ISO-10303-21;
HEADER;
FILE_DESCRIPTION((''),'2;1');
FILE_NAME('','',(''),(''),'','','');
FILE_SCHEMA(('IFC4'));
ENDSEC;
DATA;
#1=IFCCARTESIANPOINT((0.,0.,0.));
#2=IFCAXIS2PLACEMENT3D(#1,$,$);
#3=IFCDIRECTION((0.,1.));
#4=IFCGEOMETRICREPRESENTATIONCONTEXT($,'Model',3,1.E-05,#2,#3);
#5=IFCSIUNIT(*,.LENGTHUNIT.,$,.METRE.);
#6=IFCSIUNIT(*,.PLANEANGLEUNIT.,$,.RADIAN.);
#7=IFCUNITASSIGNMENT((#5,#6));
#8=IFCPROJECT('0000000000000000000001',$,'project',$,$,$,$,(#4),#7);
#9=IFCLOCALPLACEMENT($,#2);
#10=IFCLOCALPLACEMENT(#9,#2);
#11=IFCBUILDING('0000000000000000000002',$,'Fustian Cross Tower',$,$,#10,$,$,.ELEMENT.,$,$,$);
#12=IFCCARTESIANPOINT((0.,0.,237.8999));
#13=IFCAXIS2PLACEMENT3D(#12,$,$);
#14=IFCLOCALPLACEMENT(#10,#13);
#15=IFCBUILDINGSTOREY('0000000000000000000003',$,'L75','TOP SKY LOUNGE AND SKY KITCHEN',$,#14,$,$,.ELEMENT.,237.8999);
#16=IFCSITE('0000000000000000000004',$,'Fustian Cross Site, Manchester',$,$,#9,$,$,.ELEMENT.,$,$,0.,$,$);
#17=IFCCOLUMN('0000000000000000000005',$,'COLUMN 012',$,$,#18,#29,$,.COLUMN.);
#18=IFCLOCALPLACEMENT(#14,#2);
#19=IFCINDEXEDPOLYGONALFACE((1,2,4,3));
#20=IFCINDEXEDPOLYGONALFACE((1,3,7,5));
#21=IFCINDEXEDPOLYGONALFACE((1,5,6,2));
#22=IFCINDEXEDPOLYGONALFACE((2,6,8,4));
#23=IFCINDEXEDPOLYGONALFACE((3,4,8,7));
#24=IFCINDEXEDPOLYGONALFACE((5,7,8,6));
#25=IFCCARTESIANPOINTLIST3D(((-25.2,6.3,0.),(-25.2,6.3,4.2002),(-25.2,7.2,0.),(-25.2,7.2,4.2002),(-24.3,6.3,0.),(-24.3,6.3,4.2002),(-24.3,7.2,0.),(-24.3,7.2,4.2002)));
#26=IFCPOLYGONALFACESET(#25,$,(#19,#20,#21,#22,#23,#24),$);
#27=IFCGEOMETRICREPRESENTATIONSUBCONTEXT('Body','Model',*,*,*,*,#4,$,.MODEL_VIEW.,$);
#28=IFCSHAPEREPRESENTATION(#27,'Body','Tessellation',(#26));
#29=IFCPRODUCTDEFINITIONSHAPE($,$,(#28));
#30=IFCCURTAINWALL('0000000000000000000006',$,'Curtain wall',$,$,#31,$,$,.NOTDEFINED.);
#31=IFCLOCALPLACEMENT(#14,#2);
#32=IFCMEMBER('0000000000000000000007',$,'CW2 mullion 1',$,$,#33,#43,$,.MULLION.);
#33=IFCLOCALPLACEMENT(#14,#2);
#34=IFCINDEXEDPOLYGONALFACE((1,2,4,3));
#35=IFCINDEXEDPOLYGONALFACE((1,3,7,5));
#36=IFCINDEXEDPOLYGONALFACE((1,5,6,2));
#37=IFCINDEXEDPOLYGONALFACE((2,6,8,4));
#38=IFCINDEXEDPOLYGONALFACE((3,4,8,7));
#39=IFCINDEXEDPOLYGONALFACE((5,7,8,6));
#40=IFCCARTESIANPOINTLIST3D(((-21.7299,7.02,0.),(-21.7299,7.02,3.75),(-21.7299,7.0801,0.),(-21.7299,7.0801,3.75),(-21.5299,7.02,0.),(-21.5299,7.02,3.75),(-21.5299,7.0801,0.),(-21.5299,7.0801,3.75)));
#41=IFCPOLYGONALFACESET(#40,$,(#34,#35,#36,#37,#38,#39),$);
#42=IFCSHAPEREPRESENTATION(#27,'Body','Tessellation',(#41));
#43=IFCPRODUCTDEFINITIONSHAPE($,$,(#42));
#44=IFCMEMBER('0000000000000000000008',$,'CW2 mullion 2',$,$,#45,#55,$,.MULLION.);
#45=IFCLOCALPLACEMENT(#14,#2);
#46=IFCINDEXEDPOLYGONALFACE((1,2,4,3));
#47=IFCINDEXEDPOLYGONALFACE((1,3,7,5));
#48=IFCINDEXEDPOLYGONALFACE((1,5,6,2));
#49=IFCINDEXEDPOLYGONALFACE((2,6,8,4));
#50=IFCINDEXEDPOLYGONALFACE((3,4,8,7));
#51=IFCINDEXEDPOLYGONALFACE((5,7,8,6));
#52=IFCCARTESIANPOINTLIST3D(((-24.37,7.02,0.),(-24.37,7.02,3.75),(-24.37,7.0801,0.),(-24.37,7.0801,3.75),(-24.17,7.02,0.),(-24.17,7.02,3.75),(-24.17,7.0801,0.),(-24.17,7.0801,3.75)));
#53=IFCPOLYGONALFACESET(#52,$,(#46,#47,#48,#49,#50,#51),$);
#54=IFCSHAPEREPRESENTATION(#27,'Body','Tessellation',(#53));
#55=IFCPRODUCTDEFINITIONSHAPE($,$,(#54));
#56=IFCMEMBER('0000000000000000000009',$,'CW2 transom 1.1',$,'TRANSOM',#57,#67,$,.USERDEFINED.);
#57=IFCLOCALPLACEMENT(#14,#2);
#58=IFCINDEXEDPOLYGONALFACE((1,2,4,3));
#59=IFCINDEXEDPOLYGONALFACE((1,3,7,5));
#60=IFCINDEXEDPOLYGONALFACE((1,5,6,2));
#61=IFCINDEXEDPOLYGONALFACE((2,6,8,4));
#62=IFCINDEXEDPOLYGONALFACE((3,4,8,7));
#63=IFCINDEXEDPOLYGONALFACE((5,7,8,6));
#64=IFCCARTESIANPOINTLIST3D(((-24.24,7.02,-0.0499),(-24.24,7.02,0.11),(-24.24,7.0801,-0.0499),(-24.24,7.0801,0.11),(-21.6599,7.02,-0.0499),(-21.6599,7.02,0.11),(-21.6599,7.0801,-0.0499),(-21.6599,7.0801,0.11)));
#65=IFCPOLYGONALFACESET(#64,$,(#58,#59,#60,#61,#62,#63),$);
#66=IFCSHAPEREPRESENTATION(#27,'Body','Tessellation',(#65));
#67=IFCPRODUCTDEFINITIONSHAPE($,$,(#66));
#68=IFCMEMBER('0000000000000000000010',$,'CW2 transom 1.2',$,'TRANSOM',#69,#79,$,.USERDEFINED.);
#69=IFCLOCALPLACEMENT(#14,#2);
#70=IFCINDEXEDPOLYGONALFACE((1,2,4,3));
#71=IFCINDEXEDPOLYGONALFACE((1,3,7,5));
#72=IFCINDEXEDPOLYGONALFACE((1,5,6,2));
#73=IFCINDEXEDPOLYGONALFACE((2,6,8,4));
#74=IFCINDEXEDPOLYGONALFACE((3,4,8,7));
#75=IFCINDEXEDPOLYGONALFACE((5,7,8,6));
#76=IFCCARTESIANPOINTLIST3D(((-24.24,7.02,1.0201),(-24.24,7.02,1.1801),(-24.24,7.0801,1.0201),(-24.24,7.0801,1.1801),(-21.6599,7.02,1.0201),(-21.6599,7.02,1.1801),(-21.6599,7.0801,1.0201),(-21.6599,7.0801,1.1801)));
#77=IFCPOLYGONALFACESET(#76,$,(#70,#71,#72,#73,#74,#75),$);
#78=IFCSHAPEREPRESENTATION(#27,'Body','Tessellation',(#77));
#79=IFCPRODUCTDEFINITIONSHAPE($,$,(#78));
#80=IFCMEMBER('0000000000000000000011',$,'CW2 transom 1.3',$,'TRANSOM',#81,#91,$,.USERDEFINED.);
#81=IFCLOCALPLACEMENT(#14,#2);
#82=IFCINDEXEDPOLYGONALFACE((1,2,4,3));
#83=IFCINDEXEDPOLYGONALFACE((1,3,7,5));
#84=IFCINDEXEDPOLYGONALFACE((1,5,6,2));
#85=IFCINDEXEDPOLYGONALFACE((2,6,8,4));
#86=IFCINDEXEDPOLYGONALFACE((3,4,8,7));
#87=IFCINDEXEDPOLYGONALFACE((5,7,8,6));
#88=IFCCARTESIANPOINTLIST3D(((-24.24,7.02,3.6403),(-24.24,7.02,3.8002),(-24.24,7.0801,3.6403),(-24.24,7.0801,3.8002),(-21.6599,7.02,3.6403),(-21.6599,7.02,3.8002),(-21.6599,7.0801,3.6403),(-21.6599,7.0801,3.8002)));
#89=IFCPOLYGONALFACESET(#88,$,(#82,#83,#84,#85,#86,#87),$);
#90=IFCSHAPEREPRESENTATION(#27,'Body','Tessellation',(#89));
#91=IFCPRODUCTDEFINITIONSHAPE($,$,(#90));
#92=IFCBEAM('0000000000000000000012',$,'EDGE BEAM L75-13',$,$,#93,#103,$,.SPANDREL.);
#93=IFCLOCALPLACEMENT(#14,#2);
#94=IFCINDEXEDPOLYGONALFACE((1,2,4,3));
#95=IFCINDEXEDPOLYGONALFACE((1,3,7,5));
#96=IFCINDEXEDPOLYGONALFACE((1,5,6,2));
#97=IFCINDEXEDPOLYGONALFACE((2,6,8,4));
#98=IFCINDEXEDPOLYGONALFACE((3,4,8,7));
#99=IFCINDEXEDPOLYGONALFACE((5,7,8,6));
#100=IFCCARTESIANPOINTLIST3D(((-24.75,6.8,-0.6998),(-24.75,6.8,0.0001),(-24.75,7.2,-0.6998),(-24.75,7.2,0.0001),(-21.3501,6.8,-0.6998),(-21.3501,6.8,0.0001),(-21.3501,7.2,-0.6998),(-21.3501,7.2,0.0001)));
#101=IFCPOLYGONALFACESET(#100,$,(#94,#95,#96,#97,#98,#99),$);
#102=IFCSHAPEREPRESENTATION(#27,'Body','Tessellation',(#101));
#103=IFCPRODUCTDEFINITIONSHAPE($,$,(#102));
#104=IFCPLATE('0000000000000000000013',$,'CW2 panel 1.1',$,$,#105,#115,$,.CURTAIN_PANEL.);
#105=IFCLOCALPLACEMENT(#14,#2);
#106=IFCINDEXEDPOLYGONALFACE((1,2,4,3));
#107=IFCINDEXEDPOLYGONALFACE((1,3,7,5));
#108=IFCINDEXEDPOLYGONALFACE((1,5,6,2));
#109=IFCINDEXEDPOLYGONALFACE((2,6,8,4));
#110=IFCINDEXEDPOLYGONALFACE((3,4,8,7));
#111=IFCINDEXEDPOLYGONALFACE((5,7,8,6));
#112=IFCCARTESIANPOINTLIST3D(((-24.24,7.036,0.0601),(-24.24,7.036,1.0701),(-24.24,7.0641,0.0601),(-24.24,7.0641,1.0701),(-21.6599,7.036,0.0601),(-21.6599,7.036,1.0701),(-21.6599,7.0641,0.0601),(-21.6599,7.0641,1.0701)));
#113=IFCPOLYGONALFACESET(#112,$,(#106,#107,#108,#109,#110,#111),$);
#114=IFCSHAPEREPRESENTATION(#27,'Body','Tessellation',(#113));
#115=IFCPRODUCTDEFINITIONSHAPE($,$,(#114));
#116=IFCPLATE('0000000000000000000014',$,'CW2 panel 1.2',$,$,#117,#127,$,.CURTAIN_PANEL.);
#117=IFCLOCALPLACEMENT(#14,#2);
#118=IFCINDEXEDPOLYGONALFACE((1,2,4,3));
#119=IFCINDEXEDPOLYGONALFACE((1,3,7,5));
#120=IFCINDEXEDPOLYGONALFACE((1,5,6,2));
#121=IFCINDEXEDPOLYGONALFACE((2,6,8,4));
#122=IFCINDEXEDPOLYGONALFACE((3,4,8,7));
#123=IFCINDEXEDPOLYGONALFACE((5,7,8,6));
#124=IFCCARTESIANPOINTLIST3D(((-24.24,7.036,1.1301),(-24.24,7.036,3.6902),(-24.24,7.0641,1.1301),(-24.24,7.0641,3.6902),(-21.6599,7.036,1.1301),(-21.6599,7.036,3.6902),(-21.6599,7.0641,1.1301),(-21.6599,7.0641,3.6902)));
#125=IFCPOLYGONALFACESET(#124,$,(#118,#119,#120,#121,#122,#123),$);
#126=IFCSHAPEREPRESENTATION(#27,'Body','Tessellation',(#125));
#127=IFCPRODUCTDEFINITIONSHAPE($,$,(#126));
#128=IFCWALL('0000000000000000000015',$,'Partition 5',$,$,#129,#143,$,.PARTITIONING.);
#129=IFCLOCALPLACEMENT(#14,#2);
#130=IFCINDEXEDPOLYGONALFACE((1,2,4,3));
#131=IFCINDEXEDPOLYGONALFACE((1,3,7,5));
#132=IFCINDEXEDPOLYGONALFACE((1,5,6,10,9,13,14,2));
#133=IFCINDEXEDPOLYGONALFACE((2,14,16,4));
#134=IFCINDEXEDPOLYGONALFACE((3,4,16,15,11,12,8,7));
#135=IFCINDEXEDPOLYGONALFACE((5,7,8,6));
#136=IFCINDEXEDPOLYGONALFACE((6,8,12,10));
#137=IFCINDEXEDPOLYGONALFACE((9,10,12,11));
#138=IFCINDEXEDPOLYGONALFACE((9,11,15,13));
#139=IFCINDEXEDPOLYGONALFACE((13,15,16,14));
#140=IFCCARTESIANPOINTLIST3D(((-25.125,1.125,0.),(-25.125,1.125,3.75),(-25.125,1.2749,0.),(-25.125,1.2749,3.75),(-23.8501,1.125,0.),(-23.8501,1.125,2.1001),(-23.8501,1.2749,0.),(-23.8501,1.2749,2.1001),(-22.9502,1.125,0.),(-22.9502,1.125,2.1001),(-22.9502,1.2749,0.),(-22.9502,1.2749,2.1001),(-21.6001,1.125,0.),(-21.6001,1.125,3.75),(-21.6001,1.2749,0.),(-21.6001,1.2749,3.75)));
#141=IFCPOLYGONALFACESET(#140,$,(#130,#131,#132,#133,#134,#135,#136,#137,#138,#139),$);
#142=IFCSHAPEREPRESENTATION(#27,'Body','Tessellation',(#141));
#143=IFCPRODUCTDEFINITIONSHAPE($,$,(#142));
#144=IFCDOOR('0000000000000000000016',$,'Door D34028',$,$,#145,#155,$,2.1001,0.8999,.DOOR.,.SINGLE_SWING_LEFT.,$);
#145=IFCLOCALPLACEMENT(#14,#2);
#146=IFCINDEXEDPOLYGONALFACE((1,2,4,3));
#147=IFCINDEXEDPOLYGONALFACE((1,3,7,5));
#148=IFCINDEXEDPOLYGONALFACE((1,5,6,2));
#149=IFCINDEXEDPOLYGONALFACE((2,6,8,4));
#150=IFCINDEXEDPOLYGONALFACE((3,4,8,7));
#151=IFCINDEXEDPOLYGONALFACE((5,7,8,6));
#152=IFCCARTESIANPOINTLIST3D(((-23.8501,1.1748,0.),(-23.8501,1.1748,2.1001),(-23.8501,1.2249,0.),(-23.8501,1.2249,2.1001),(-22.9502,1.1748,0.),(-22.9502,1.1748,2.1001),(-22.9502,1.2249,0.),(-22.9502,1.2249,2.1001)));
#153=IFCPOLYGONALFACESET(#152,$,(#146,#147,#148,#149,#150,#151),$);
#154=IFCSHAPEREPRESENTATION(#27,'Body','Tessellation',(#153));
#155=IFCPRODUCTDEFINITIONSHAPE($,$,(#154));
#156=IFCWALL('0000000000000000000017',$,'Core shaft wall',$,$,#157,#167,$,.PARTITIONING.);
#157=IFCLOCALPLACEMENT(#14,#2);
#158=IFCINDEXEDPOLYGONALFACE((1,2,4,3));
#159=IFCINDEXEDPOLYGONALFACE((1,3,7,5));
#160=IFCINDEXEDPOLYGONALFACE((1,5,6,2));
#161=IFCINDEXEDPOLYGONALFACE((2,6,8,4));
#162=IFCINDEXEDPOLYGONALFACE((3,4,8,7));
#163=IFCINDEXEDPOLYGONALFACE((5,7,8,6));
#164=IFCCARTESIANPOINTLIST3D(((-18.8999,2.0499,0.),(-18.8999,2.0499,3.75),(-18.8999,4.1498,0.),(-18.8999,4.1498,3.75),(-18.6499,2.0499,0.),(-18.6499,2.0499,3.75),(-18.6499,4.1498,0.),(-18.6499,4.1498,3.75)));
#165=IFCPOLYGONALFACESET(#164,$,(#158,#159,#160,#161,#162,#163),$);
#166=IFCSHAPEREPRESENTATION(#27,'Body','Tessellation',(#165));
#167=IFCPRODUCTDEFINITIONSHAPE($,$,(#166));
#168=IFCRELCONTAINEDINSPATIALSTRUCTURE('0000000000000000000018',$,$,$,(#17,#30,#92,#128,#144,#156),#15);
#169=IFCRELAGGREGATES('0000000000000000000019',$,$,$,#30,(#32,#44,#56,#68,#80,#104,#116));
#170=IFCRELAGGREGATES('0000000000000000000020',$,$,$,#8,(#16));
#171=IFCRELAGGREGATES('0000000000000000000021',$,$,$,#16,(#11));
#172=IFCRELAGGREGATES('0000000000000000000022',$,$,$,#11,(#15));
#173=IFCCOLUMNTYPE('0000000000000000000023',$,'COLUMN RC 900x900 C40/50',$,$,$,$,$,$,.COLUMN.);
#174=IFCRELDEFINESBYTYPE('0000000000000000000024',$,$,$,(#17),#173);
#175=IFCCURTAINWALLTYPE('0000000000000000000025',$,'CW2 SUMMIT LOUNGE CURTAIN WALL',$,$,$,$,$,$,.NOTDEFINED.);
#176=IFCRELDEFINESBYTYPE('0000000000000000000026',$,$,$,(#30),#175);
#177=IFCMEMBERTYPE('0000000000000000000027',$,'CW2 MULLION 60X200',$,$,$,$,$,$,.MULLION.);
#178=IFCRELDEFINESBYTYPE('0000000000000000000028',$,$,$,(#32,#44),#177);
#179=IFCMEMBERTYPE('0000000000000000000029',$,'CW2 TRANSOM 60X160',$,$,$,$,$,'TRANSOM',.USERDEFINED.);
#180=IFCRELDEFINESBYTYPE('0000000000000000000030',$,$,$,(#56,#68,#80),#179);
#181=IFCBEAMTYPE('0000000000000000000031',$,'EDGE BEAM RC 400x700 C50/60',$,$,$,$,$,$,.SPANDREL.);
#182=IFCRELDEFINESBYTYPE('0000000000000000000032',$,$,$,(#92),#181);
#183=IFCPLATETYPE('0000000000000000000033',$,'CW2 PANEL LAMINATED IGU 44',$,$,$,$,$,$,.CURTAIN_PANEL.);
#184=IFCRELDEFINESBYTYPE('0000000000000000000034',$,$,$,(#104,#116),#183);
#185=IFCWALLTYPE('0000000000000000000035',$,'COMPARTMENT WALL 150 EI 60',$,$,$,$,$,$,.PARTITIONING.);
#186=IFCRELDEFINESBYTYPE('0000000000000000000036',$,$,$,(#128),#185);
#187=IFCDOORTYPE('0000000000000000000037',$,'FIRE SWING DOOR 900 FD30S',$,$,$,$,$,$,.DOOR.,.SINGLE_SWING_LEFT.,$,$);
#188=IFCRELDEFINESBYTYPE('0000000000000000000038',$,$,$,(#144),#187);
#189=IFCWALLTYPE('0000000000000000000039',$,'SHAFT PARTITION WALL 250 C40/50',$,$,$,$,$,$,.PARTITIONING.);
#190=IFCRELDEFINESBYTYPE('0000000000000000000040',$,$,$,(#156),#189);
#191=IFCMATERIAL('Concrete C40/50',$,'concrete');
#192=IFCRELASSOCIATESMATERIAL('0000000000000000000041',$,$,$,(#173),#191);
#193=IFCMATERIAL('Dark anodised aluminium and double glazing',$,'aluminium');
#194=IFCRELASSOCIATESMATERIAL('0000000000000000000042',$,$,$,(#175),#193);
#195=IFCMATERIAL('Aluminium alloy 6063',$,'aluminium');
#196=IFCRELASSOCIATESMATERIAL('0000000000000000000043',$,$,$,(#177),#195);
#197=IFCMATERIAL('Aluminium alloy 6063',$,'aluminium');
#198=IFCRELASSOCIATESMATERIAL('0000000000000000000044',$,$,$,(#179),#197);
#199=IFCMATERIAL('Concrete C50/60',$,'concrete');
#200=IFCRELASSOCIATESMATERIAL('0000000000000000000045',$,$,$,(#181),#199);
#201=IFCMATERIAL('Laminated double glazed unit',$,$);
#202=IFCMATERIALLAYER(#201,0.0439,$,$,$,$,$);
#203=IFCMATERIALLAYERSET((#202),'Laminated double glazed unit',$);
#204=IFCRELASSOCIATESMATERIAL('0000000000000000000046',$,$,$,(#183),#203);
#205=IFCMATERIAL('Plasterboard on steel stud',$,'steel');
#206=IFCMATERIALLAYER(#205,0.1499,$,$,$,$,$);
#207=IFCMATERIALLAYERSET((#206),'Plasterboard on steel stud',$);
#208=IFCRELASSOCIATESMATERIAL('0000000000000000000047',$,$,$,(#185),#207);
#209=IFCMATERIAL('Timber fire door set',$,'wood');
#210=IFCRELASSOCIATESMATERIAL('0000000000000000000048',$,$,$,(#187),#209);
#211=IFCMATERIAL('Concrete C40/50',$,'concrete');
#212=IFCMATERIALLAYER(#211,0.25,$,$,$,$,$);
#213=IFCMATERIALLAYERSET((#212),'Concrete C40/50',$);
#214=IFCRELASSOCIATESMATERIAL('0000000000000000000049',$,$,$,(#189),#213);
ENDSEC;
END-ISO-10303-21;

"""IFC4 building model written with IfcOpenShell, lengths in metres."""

from ifc_helpers import new_model, si_unit, direction, frame, frame_2d, origin, origin_2d, place, context, subcontext, project, spatial, rectangle, extrude, material, layer, layer_set, material_profile, profile_set, type_object, element, fill, aggregate, save


model = new_model("IFC4")

# Units and contexts
model_context = context("Model", 3, precision=1e-05, world=origin(), true_north=direction((0.0, 1.0)))
body_context = subcontext(model_context, "Body", "Model", "MODEL_VIEW")
ifc_project = project(units=[si_unit("LENGTHUNIT", "METRE"), si_unit("PLANEANGLEUNIT", "RADIAN")], contexts=[model_context])

# Site, building, storey
site_placement = place(None, origin())
site = spatial("IfcSite", under=ifc_project, at=site_placement, Name="Fustian Cross Site, Manchester", CompositionType="ELEMENT", RefElevation=0.0)
building_placement = place(site_placement, origin())
building = spatial("IfcBuilding", under=site, at=building_placement, Name="Fustian Cross Tower", CompositionType="ELEMENT")
storey_placement = place(building_placement, frame((0.0, 0.0, 237.8999)))
storey = spatial("IfcBuildingStorey", under=building, at=storey_placement, Name="L75", Description="TOP SKY LOUNGE AND SKY KITCHEN", CompositionType="ELEMENT", Elevation=237.8999)

# Column
ifc_material_1 = material(Name="Concrete C40/50", Category="concrete")
ifc_material_profile_1 = material_profile(ifc_material_1, rectangle(XDim=0.8999, YDim=0.8999, at=origin_2d()), Name="RC 900x900")
ifc_profile_set_1 = profile_set([ifc_material_profile_1], Name="Concrete C40/50")
column_type = type_object("IfcColumnType", Name="COLUMN RC 900x900 C40/50", PredefinedType="COLUMN", material=ifc_profile_set_1)
column_placement = place(storey_placement, frame((-24.75, 6.75, 0.0), z_axis=(0.0, 0.0, 1.0), x_axis=(1.0, 0.0, 0.0)))
element("IfcColumn", 1, at=column_placement, inside=storey, type_object=column_type, Name="COLUMN 012", PredefinedType="COLUMN", context=body_context, shape_type="SweptSolid", body=[
    extrude(rectangle(XDim=0.8999, YDim=0.8999, at=origin_2d()), origin(), (0.0, 0.0, 1.0), 4.2002),
])

# Curtain wall, members
ifc_material_2 = material(Name="Dark anodised aluminium and double glazing", Category="aluminium")
curtain_wall_type = type_object("IfcCurtainWallType", Name="CW2 SUMMIT LOUNGE CURTAIN WALL", PredefinedType="NOTDEFINED", material=ifc_material_2)
curtain_wall_placement = place(storey_placement, origin())
curtain_wall = element("IfcCurtainWall", 2, at=curtain_wall_placement, inside=storey, type_object=curtain_wall_type, Name="Curtain wall", PredefinedType="NOTDEFINED")
ifc_material_3 = material(Name="Aluminium alloy 6063", Category="aluminium")
ifc_material_profile_2 = material_profile(ifc_material_3, rectangle(XDim=0.0601, YDim=0.2, at=origin_2d()), Name="CW2 MULLION 60X200")
ifc_profile_set_2 = profile_set([ifc_material_profile_2], Name="Aluminium alloy 6063")
member_type_1 = type_object("IfcMemberType", Name="CW2 MULLION 60X200", PredefinedType="MULLION", material=ifc_profile_set_2)
member_1_placement = place(storey_placement, frame((-21.6299, 7.05, 0.0), z_axis=(0.0, 0.0, 1.0), x_axis=(0.0, -1.0, 0.0)))
member_1 = element("IfcMember", 3, at=member_1_placement, type_object=member_type_1, Name="CW2 mullion 1", PredefinedType="MULLION", context=body_context, shape_type="SweptSolid", body=[
    extrude(rectangle(XDim=0.0601, YDim=0.2, at=origin_2d()), origin(), (0.0, 0.0, 1.0), 3.75),
])
member_2_placement = place(storey_placement, frame((-24.27, 7.05, 0.0), z_axis=(0.0, 0.0, 1.0), x_axis=(0.0, -1.0, 0.0)))
member_2 = element("IfcMember", 4, at=member_2_placement, type_object=member_type_1, Name="CW2 mullion 2", PredefinedType="MULLION", context=body_context, shape_type="SweptSolid", body=[
    extrude(rectangle(XDim=0.0601, YDim=0.2, at=origin_2d()), origin(), (0.0, 0.0, 1.0), 3.75),
])
ifc_material_4 = material(Name="Aluminium alloy 6063", Category="aluminium")
ifc_material_profile_3 = material_profile(ifc_material_4, rectangle(XDim=0.0601, YDim=0.1599, at=origin_2d()), Name="CW2 TRANSOM 60X160")
ifc_profile_set_3 = profile_set([ifc_material_profile_3], Name="Aluminium alloy 6063")
member_type_2 = type_object("IfcMemberType", Name="CW2 TRANSOM 60X160", ElementType="TRANSOM", PredefinedType="USERDEFINED", material=ifc_profile_set_3)
member_3_placement = place(storey_placement, frame((-21.6599, 7.05, 0.03), z_axis=(-1.0, 0.0, 0.0), x_axis=(0.0, -1.0, 0.0)))
member_3 = element("IfcMember", 5, at=member_3_placement, type_object=member_type_2, Name="CW2 transom 1.1", ObjectType="TRANSOM", PredefinedType="USERDEFINED", context=body_context, shape_type="SweptSolid", body=[
    extrude(rectangle(XDim=0.0601, YDim=0.1599, at=origin_2d()), origin(), (0.0, 0.0, 1.0), 2.5801),
])
member_4_placement = place(storey_placement, frame((-21.6599, 7.05, 1.1001), z_axis=(-1.0, 0.0, 0.0), x_axis=(0.0, -1.0, 0.0)))
member_4 = element("IfcMember", 6, at=member_4_placement, type_object=member_type_2, Name="CW2 transom 1.2", ObjectType="TRANSOM", PredefinedType="USERDEFINED", context=body_context, shape_type="SweptSolid", body=[
    extrude(rectangle(XDim=0.0601, YDim=0.1599, at=origin_2d()), origin(), (0.0, 0.0, 1.0), 2.5801),
])
member_5_placement = place(storey_placement, frame((-21.6599, 7.05, 3.7202), z_axis=(-1.0, 0.0, 0.0), x_axis=(0.0, -1.0, 0.0)))
member_5 = element("IfcMember", 7, at=member_5_placement, type_object=member_type_2, Name="CW2 transom 1.3", ObjectType="TRANSOM", PredefinedType="USERDEFINED", context=body_context, shape_type="SweptSolid", body=[
    extrude(rectangle(XDim=0.0601, YDim=0.1599, at=origin_2d()), origin(), (0.0, 0.0, 1.0), 2.5801),
])

# Beam
ifc_material_5 = material(Name="Concrete C50/60", Category="concrete")
ifc_material_profile_4 = material_profile(ifc_material_5, rectangle(XDim=0.3999, YDim=0.7, at=origin_2d()), Name="RC 400x700")
ifc_profile_set_4 = profile_set([ifc_material_profile_4], Name="Concrete C50/60")
beam_type = type_object("IfcBeamType", Name="EDGE BEAM RC 400x700 C50/60", PredefinedType="SPANDREL", material=ifc_profile_set_4)
beam_placement = place(storey_placement, frame((-21.3501, 7.0, -0.3499), z_axis=(-1.0, 0.0, 0.0), x_axis=(0.0, -1.0, 0.0)))
element("IfcBeam", 8, at=beam_placement, inside=storey, type_object=beam_type, Name="EDGE BEAM L75-13", PredefinedType="SPANDREL", context=body_context, shape_type="SweptSolid", body=[
    extrude(rectangle(XDim=0.3999, YDim=0.7, at=origin_2d()), origin(), (0.0, 0.0, 1.0), 3.3999),
])

# Plates
ifc_material_6 = material(Name="Laminated double glazed unit")
ifc_layer_1 = layer(ifc_material_6, 0.0439)
ifc_layer_set_1 = layer_set([ifc_layer_1], Name="Laminated double glazed unit")
plate_type = type_object("IfcPlateType", Name="CW2 PANEL LAMINATED IGU 44", PredefinedType="CURTAIN_PANEL", material=ifc_layer_set_1)
plate_1_placement = place(storey_placement, frame((-22.95, 7.05, 0.0601), z_axis=(0.0, 0.0, 1.0), x_axis=(-1.0, 0.0, 0.0)))
plate_1 = element("IfcPlate", 9, at=plate_1_placement, type_object=plate_type, Name="CW2 panel 1.1", PredefinedType="CURTAIN_PANEL", context=body_context, shape_type="SweptSolid", body=[
    extrude(rectangle(XDim=2.5801, YDim=0.0281, at=origin_2d()), origin(), (0.0, 0.0, 1.0), 1.01),
])
plate_2_placement = place(storey_placement, frame((-22.95, 7.05, 1.1301), z_axis=(0.0, 0.0, 1.0), x_axis=(-1.0, 0.0, 0.0)))
plate_2 = element("IfcPlate", 10, at=plate_2_placement, type_object=plate_type, Name="CW2 panel 1.2", PredefinedType="CURTAIN_PANEL", context=body_context, shape_type="SweptSolid", body=[
    extrude(rectangle(XDim=2.5801, YDim=0.0281, at=origin_2d()), origin(), (0.0, 0.0, 1.0), 2.5601),
])
aggregate(curtain_wall, [member_1, member_2, member_3, member_4, member_5, plate_1, plate_2])

# Wall, opening, door
ifc_material_7 = material(Name="Plasterboard on steel stud", Category="steel")
ifc_layer_2 = layer(ifc_material_7, 0.1499)
ifc_layer_set_2 = layer_set([ifc_layer_2], Name="Plasterboard on steel stud")
wall_type_1 = type_object("IfcWallType", Name="COMPARTMENT WALL 150 EI 60", PredefinedType="PARTITIONING", material=ifc_layer_set_2)
wall_1_placement = place(storey_placement, frame((-25.125, 1.2, 0.0), z_axis=(0.0, 0.0, 1.0), x_axis=(1.0, 0.0, 0.0)))
wall_1 = element("IfcWall", 11, at=wall_1_placement, inside=storey, type_object=wall_type_1, Name="Partition 5", PredefinedType="PARTITIONING", context=body_context, shape_type="SweptSolid", body=[
    extrude(rectangle(XDim=3.5249, YDim=0.1499, at=frame_2d((1.7625, 0.0))), origin(), (0.0, 0.0, 1.0), 3.75),
])
opening_placement = place(wall_1_placement, frame((1.2749, 0.0, 0.0)))
opening = element("IfcOpeningElement", 12, at=opening_placement, cuts=wall_1, PredefinedType="OPENING", context=body_context, shape_type="SweptSolid", body=[
    extrude(rectangle(XDim=0.8999, YDim=2.1001, at=frame_2d((0.45, 1.05))), frame((0.0, 0.085, 0.0), z_axis=(0.0, -1.0, 0.0), x_axis=(1.0, 0.0, 0.0)), (0.0, 0.0, 1.0), 0.1699),
])
ifc_material_8 = material(Name="Timber fire door set", Category="wood")
door_type = type_object("IfcDoorType", Name="FIRE SWING DOOR 900 FD30S", OperationType="SINGLE_SWING_LEFT", PredefinedType="DOOR", material=ifc_material_8)
door_placement = place(opening_placement, origin())
door = element("IfcDoor", 13, at=door_placement, inside=storey, type_object=door_type, Name="Door D34028", OperationType="SINGLE_SWING_LEFT", OverallHeight=2.1001, OverallWidth=0.8999, PredefinedType="DOOR", context=body_context, shape_type="SweptSolid", body=[
    extrude(rectangle(XDim=0.8999, YDim=2.1001, at=frame_2d((0.45, 1.05))), frame((0.0, 0.0249, 0.0), z_axis=(0.0, -1.0, 0.0), x_axis=(1.0, 0.0, 0.0)), (0.0, 0.0, 1.0), 0.05),
])
fill(opening, door)

# Wall
ifc_material_9 = material(Name="Concrete C40/50", Category="concrete")
ifc_layer_3 = layer(ifc_material_9, 0.25)
ifc_layer_set_3 = layer_set([ifc_layer_3], Name="Concrete C40/50")
wall_type_2 = type_object("IfcWallType", Name="SHAFT PARTITION WALL 250 C40/50", PredefinedType="PARTITIONING", material=ifc_layer_set_3)
wall_2_placement = place(storey_placement, frame((-18.7749, 2.05, 0.0), z_axis=(0.0, 0.0, 1.0), x_axis=(0.0, 1.0, 0.0)))
element("IfcWall", 14, at=wall_2_placement, inside=storey, type_object=wall_type_2, Name="Core shaft wall", PredefinedType="PARTITIONING", context=body_context, shape_type="SweptSolid", body=[
    extrude(rectangle(XDim=2.0999, YDim=0.25, at=frame_2d((1.0498, 0.0))), origin(), (0.0, 0.0, 1.0), 3.75),
])

save(model, "model.ifc")
